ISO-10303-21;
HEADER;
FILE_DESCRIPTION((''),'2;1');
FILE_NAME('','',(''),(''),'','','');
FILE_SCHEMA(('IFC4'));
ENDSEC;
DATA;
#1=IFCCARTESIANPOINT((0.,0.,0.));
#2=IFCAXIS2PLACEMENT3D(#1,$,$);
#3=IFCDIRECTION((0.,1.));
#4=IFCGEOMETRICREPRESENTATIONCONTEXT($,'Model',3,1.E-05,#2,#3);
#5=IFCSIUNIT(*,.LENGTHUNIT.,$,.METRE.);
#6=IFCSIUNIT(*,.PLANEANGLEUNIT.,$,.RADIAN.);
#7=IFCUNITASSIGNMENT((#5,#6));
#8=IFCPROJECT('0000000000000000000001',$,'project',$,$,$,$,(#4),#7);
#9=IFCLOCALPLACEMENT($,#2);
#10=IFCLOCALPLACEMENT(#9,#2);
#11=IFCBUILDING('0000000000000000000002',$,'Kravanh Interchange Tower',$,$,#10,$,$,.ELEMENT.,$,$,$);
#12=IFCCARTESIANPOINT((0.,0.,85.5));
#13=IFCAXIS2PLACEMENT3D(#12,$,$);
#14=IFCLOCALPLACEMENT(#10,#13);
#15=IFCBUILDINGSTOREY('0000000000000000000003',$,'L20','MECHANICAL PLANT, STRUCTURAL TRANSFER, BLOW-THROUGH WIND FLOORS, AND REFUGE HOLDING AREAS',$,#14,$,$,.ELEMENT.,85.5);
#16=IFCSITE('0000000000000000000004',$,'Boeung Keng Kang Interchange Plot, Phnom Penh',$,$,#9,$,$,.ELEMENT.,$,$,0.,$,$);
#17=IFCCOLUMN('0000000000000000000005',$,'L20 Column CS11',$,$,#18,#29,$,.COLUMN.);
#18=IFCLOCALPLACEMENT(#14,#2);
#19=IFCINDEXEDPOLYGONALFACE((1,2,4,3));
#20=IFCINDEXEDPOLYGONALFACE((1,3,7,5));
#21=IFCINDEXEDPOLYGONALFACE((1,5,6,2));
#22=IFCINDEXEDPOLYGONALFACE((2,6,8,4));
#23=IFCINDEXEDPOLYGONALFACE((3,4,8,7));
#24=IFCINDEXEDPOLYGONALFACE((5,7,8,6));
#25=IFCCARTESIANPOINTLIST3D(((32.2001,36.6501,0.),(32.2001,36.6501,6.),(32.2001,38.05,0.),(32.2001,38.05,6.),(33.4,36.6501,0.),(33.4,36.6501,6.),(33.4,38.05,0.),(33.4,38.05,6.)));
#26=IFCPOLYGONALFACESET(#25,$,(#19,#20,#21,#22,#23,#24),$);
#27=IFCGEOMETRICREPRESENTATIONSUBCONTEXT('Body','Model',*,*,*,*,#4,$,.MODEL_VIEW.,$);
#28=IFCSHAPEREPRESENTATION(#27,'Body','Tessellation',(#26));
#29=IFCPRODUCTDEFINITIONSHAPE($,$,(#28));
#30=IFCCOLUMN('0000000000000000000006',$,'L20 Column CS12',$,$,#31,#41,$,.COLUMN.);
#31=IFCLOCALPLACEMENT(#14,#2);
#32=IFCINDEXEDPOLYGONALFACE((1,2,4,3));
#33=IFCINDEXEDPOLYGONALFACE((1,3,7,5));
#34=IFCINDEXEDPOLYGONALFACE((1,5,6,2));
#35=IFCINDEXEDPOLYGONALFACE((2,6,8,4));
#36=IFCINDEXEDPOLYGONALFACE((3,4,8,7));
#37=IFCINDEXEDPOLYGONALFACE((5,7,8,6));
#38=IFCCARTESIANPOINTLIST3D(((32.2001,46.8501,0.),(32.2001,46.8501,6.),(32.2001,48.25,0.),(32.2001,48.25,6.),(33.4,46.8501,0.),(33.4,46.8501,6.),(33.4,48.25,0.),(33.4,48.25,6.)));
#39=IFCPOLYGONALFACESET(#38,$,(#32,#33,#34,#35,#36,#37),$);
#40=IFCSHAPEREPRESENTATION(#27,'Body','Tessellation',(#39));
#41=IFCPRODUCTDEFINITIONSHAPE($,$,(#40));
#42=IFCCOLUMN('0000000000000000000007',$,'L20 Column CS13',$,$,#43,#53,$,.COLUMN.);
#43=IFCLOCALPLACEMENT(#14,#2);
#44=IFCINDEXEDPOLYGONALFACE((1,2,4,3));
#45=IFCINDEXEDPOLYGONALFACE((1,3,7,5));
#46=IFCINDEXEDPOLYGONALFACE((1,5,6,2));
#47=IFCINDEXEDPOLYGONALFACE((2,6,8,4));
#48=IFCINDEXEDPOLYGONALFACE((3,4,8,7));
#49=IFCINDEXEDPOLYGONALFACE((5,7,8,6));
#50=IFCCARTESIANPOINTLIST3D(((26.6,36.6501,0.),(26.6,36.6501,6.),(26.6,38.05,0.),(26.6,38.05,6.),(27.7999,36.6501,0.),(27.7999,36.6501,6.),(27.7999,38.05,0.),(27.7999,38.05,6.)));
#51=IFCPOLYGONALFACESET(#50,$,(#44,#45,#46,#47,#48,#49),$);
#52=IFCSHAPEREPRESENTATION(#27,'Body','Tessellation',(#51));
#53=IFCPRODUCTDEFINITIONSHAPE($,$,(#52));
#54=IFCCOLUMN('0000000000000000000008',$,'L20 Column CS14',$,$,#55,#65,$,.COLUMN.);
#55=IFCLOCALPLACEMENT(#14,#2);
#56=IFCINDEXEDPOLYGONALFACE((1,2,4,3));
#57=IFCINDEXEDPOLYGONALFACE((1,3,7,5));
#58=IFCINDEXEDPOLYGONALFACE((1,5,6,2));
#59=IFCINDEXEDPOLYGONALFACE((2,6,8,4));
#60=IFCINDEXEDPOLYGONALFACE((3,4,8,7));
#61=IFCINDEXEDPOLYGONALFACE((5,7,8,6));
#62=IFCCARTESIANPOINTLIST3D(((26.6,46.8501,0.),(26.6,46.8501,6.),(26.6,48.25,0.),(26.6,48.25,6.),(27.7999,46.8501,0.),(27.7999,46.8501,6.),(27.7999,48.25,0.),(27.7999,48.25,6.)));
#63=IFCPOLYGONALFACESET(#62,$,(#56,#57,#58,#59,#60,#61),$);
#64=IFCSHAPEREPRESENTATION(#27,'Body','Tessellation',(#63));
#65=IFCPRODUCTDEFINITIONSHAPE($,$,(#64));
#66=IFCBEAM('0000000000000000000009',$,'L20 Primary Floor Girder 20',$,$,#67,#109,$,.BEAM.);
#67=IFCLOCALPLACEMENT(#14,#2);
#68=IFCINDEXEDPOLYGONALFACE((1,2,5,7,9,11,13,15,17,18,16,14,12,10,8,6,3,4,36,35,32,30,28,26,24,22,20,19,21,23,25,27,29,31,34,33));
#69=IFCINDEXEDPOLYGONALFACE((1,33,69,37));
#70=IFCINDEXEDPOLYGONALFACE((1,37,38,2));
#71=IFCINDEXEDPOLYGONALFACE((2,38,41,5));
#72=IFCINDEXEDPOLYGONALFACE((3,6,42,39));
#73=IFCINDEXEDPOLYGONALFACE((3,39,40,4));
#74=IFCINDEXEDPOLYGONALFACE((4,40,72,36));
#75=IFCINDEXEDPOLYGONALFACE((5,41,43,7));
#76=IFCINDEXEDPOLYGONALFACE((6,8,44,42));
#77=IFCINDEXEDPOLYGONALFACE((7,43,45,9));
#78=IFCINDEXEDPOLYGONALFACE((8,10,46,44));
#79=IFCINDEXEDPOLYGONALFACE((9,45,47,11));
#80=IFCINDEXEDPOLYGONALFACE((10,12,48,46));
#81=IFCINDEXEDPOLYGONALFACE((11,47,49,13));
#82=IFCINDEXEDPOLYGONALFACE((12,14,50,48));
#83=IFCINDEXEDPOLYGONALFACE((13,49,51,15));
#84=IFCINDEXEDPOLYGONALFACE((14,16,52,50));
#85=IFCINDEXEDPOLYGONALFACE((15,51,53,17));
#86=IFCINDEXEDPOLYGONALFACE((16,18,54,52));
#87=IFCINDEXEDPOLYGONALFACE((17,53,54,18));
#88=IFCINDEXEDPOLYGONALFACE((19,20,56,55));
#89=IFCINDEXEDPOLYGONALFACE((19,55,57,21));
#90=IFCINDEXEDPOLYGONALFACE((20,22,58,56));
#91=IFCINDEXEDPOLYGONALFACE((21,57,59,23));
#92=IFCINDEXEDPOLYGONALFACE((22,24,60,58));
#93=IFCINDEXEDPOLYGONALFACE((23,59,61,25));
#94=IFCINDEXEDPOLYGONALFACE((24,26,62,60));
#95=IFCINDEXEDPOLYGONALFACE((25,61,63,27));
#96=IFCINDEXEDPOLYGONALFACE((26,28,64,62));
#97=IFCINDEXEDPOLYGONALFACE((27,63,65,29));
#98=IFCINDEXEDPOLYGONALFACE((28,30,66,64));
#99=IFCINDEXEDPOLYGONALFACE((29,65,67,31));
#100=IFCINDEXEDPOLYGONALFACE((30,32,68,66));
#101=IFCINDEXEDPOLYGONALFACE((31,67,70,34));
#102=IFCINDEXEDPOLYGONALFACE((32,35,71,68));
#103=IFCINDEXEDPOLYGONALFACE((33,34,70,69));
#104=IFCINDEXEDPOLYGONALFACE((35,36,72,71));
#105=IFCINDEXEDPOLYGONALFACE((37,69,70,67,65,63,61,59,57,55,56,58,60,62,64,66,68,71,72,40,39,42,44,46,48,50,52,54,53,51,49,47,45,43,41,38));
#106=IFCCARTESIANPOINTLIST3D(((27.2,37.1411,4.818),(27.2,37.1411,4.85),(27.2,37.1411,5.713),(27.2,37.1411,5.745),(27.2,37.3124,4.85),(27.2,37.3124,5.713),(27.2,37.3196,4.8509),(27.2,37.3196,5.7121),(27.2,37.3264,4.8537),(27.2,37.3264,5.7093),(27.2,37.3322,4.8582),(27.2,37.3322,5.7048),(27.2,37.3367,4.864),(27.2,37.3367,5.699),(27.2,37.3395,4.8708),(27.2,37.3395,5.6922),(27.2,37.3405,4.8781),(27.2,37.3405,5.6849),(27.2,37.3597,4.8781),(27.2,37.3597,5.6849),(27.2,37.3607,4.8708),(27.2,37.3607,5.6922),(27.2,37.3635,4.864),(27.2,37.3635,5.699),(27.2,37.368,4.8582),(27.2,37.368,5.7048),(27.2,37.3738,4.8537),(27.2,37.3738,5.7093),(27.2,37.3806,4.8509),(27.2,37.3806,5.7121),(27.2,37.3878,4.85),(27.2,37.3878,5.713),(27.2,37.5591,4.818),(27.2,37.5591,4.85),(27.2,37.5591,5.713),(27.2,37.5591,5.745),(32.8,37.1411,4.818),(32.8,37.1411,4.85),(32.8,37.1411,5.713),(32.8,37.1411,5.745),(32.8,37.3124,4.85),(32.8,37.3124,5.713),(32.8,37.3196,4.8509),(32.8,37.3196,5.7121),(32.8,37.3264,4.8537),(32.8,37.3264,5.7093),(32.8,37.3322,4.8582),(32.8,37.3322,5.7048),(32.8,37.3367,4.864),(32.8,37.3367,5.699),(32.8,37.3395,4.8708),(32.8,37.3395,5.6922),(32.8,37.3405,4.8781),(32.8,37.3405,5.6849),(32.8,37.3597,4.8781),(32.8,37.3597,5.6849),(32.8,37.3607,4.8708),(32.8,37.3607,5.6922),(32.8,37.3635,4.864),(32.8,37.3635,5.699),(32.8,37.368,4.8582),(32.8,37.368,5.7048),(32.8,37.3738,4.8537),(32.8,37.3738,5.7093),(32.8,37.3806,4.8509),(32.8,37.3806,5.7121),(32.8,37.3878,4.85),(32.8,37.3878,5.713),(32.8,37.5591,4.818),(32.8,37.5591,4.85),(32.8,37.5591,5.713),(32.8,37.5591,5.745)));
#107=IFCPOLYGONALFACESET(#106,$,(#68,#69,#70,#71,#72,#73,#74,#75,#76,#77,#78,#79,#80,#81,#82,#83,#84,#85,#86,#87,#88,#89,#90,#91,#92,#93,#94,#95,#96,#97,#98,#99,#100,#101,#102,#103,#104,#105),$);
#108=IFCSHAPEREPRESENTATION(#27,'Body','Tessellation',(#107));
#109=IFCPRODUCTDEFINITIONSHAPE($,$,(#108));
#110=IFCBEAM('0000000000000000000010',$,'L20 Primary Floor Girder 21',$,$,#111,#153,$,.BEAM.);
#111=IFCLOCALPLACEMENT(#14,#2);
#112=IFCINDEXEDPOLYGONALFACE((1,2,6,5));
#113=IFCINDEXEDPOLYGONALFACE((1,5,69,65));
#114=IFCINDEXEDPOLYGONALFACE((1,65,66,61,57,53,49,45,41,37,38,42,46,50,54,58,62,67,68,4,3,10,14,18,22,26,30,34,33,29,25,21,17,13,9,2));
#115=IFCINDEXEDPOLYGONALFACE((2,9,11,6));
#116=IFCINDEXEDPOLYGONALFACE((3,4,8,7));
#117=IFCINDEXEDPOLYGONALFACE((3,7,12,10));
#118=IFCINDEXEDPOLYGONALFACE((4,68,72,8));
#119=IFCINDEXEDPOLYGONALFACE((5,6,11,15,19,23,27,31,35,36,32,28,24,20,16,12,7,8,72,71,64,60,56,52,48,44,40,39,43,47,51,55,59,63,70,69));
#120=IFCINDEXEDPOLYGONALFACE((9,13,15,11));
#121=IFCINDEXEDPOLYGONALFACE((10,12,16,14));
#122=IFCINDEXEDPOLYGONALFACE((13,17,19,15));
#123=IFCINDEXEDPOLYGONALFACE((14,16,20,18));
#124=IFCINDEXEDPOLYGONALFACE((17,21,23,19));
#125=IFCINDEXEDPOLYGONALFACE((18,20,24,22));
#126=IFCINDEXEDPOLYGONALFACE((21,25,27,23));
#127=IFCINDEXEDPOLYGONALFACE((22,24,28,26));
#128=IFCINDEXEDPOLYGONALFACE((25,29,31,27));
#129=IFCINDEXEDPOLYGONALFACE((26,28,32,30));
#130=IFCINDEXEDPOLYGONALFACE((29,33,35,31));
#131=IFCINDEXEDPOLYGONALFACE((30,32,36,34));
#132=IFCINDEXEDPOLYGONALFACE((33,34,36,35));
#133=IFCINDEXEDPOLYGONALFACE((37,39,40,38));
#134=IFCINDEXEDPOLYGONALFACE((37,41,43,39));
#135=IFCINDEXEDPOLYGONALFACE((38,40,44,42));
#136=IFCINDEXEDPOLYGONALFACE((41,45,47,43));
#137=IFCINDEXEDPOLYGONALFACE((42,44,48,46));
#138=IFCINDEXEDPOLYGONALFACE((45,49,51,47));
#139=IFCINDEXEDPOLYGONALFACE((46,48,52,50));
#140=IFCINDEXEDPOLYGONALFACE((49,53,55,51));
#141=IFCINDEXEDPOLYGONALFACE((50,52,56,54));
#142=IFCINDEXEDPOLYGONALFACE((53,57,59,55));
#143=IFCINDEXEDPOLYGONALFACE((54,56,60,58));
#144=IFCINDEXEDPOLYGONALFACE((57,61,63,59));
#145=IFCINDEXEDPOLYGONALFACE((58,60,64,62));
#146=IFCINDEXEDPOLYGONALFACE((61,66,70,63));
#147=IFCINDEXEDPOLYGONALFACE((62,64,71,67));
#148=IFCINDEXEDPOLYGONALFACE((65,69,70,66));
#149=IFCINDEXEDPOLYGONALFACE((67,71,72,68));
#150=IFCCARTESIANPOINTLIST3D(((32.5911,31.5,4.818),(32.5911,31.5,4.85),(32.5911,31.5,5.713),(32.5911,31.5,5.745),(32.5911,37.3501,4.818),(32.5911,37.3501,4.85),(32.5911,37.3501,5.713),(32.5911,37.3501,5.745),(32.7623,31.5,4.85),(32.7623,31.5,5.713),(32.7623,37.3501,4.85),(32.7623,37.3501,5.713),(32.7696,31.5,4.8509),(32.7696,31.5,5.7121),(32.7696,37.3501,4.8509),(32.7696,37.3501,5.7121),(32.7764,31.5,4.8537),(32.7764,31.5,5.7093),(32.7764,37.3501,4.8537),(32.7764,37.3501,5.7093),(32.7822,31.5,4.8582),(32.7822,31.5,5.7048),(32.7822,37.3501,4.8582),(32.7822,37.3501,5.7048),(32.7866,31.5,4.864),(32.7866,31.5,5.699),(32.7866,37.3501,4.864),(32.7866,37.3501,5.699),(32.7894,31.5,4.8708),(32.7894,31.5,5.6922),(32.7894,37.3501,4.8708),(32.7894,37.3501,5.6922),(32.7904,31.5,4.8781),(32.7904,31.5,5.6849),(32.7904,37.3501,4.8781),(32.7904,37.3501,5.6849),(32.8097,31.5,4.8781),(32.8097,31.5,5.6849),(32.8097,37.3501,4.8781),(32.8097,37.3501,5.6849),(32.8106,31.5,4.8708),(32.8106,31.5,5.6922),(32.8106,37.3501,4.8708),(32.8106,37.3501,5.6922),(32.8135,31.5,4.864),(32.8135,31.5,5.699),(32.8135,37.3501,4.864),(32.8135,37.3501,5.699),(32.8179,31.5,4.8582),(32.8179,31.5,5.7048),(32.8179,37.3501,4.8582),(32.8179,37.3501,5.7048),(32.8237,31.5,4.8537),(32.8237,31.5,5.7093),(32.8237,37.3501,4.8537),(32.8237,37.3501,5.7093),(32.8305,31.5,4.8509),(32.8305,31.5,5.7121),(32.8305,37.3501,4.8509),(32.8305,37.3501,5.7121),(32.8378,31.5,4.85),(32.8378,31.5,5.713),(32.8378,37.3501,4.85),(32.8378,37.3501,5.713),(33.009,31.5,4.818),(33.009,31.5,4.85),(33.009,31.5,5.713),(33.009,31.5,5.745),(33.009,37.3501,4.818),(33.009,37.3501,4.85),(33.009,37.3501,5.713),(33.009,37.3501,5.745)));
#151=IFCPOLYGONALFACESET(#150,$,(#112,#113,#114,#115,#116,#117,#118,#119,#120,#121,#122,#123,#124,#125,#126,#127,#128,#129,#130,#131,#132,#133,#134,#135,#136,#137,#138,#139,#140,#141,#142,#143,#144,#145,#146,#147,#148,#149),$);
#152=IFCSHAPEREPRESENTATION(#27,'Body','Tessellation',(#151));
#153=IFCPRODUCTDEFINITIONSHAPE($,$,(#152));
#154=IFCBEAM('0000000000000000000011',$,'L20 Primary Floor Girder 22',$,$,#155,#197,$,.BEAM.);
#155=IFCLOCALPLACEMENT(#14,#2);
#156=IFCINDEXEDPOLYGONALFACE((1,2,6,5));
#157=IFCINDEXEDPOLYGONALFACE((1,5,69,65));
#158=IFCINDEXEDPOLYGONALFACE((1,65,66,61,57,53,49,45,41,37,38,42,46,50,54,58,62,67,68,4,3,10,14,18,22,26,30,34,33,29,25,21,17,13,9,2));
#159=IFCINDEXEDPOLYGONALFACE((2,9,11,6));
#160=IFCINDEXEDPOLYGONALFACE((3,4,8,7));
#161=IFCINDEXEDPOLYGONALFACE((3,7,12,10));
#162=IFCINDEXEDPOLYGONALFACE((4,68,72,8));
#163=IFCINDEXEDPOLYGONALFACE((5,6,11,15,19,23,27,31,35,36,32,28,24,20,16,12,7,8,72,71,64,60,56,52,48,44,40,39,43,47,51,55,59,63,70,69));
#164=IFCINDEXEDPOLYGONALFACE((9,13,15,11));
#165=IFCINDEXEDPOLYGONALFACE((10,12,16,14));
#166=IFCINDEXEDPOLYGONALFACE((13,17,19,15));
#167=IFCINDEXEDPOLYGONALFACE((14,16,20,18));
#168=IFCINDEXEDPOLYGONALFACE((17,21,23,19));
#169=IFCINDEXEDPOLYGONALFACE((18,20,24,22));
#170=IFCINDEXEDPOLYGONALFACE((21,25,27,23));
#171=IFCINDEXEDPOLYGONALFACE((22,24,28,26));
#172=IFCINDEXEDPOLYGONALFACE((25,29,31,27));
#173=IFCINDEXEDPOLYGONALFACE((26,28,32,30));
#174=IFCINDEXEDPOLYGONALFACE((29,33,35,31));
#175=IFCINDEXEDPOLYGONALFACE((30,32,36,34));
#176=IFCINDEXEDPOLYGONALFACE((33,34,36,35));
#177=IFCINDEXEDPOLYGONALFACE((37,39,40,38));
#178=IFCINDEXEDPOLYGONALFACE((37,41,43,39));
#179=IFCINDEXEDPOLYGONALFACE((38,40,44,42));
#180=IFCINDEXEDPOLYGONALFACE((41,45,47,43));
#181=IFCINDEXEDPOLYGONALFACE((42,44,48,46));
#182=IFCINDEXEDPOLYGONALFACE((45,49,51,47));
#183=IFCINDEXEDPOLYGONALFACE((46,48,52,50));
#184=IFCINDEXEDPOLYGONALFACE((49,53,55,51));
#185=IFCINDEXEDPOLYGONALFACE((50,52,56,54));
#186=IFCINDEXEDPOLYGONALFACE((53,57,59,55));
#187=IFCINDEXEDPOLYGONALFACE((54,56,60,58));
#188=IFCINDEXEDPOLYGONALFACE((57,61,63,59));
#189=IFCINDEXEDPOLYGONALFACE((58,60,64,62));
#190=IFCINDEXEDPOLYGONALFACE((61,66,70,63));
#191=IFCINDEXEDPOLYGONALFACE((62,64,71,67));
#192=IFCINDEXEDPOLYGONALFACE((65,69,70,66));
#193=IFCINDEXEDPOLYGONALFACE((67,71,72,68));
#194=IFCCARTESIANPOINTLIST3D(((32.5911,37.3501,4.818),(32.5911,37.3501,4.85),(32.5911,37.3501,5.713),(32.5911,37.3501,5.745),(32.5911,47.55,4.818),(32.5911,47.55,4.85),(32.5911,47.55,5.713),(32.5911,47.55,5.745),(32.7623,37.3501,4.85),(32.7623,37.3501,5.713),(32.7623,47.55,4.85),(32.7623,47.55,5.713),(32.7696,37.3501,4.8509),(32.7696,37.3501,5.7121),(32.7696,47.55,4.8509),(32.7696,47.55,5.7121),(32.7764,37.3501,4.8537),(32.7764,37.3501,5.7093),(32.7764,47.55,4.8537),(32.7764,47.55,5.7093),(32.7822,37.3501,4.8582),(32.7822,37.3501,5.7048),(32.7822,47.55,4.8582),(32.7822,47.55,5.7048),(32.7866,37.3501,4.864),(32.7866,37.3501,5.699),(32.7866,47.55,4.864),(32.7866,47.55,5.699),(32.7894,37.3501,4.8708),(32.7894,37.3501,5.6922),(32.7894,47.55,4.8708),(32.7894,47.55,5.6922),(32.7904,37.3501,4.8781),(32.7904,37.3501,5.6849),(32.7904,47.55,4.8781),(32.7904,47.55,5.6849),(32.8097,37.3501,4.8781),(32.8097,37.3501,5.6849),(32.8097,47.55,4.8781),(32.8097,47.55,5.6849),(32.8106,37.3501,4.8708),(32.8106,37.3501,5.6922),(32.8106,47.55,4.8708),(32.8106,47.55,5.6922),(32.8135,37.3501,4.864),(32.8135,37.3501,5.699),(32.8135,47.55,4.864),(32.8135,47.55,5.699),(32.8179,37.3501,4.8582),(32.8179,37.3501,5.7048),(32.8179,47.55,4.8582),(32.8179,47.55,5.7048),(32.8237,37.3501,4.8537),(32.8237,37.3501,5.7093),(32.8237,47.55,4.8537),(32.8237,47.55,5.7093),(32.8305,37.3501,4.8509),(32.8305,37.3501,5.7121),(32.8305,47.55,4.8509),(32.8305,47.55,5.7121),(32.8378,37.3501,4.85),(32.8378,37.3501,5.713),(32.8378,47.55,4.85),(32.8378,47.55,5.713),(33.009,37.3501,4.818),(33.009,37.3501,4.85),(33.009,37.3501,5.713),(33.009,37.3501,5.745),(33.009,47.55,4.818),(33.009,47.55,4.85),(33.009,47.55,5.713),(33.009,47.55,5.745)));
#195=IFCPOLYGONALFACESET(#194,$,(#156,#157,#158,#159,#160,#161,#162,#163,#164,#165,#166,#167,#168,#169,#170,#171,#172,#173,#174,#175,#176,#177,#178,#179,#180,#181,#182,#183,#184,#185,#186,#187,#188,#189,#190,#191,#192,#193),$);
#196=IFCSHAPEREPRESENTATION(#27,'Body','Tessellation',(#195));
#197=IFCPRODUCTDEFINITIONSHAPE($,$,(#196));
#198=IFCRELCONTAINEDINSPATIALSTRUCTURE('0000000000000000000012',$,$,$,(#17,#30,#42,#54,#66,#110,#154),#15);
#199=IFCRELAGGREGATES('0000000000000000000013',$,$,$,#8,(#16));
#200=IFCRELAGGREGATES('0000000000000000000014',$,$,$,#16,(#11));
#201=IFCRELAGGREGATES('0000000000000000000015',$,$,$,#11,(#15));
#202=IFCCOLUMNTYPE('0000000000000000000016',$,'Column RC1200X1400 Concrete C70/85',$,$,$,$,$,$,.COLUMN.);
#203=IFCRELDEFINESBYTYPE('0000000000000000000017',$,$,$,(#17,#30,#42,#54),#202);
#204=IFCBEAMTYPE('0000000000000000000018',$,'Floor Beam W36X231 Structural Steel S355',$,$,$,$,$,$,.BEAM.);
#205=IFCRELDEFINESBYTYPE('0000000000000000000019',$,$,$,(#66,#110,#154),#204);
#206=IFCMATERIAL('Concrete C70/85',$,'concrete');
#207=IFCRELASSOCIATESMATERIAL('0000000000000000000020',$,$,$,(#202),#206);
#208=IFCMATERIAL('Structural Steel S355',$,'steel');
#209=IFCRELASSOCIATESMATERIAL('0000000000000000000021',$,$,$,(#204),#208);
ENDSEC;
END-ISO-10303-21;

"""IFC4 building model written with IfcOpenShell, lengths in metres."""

from ifc_helpers import new_model, si_unit, direction, frame, origin, origin_2d, place, context, subcontext, project, spatial, rectangle, i_section, extrude, material, material_profile, profile_set, type_object, element, save


model = new_model("IFC4")

# Units and contexts
model_context = context("Model", 3, precision=1e-05, world=origin(), true_north=direction((0.0, 1.0)))
body_context = subcontext(model_context, "Body", "Model", "MODEL_VIEW")
ifc_project = project(units=[si_unit("LENGTHUNIT", "METRE"), si_unit("PLANEANGLEUNIT", "RADIAN")], contexts=[model_context])

# Site, building, storey
site_placement = place(None, origin())
site = spatial("IfcSite", under=ifc_project, at=site_placement, Name="Boeung Keng Kang Interchange Plot, Phnom Penh", CompositionType="ELEMENT", RefElevation=0.0)
building_placement = place(site_placement, origin())
building = spatial("IfcBuilding", under=site, at=building_placement, Name="Kravanh Interchange Tower", CompositionType="ELEMENT")
storey_placement = place(building_placement, frame((0.0, 0.0, 85.5)))
storey = spatial("IfcBuildingStorey", under=building, at=storey_placement, Name="L20", Description="MECHANICAL PLANT, STRUCTURAL TRANSFER, BLOW-THROUGH WIND FLOORS, AND REFUGE HOLDING AREAS", CompositionType="ELEMENT", Elevation=85.5)

# Columns
ifc_material_1 = material(Name="Concrete C70/85", Category="concrete")
ifc_material_profile_1 = material_profile(ifc_material_1, rectangle(XDim=1.2, YDim=1.3999, at=origin_2d()), Name="RC1200X1400")
ifc_profile_set_1 = profile_set([ifc_material_profile_1], Name="Concrete C70/85")
column_type = type_object("IfcColumnType", Name="Column RC1200X1400 Concrete C70/85", PredefinedType="COLUMN", material=ifc_profile_set_1)
for number, where, z_axis, x_axis, name in (
    (1, (32.8, 37.3501, 0.0), (0.0, 0.0, 1.0), (1.0, 0.0, 0.0), "L20 Column CS11"),
    (2, (32.8, 47.55, 0.0), (0.0, 0.0, 1.0), (1.0, 0.0, 0.0), "L20 Column CS12"),
    (3, (27.2, 37.3501, 0.0), (0.0, 0.0, 1.0), (1.0, 0.0, 0.0), "L20 Column CS13"),
    (4, (27.2, 47.55, 0.0), (0.0, 0.0, 1.0), (1.0, 0.0, 0.0), "L20 Column CS14"),
):
    element("IfcColumn", number, at=place(storey_placement, frame(where, z_axis=z_axis, x_axis=x_axis)), inside=storey, type_object=column_type, Name=name, PredefinedType="COLUMN", context=body_context, shape_type="SweptSolid", body=[
        extrude(rectangle(XDim=1.2, YDim=1.3999, at=origin_2d()), origin(), (0.0, 0.0, 1.0), 6.0),
    ])

# Beams
ifc_material_2 = material(Name="Structural Steel S355", Category="steel")
ifc_material_profile_2 = material_profile(ifc_material_2, i_section(OverallWidth=0.418, OverallDepth=0.927, WebThickness=0.0193, FlangeThickness=0.032, FilletRadius=0.0281, at=origin_2d()), Name="W36X231")
ifc_profile_set_2 = profile_set([ifc_material_profile_2], Name="Structural Steel S355")
beam_type_1 = type_object("IfcBeamType", Name="Floor Beam W36X231 Structural Steel S355", PredefinedType="BEAM", material=ifc_profile_set_2)
beam_1_placement = place(storey_placement, frame((32.8, 37.3501, 5.2815), z_axis=(-1.0, 0.0, 0.0), x_axis=(0.0, -1.0, 0.0)))
element("IfcBeam", 5, at=beam_1_placement, inside=storey, type_object=beam_type_1, Name="L20 Primary Floor Girder 20", PredefinedType="BEAM", context=body_context, shape_type="SweptSolid", body=[
    extrude(i_section(OverallWidth=0.418, OverallDepth=0.927, WebThickness=0.0193, FlangeThickness=0.032, FilletRadius=0.0281, at=origin_2d()), origin(), (0.0, 0.0, 1.0), 5.6001),
])
beam_2_placement = place(storey_placement, frame((32.8, 37.3501, 5.2815), z_axis=(0.0, -1.0, 0.0), x_axis=(1.0, 0.0, 0.0)))
element("IfcBeam", 6, at=beam_2_placement, inside=storey, type_object=beam_type_1, Name="L20 Primary Floor Girder 21", PredefinedType="BEAM", context=body_context, shape_type="SweptSolid", body=[
    extrude(i_section(OverallWidth=0.418, OverallDepth=0.927, WebThickness=0.0193, FlangeThickness=0.032, FilletRadius=0.0281, at=origin_2d()), origin(), (0.0, 0.0, 1.0), 5.8501),
])
beam_3_placement = place(storey_placement, frame((32.8, 37.3501, 5.2815), z_axis=(0.0, 1.0, 0.0), x_axis=(-1.0, 0.0, 0.0)))
element("IfcBeam", 7, at=beam_3_placement, inside=storey, type_object=beam_type_1, Name="L20 Primary Floor Girder 22", PredefinedType="BEAM", context=body_context, shape_type="SweptSolid", body=[
    extrude(i_section(OverallWidth=0.418, OverallDepth=0.927, WebThickness=0.0193, FlangeThickness=0.032, FilletRadius=0.0281, at=origin_2d()), origin(), (0.0, 0.0, 1.0), 10.2),
])

save(model, "model.ifc")
